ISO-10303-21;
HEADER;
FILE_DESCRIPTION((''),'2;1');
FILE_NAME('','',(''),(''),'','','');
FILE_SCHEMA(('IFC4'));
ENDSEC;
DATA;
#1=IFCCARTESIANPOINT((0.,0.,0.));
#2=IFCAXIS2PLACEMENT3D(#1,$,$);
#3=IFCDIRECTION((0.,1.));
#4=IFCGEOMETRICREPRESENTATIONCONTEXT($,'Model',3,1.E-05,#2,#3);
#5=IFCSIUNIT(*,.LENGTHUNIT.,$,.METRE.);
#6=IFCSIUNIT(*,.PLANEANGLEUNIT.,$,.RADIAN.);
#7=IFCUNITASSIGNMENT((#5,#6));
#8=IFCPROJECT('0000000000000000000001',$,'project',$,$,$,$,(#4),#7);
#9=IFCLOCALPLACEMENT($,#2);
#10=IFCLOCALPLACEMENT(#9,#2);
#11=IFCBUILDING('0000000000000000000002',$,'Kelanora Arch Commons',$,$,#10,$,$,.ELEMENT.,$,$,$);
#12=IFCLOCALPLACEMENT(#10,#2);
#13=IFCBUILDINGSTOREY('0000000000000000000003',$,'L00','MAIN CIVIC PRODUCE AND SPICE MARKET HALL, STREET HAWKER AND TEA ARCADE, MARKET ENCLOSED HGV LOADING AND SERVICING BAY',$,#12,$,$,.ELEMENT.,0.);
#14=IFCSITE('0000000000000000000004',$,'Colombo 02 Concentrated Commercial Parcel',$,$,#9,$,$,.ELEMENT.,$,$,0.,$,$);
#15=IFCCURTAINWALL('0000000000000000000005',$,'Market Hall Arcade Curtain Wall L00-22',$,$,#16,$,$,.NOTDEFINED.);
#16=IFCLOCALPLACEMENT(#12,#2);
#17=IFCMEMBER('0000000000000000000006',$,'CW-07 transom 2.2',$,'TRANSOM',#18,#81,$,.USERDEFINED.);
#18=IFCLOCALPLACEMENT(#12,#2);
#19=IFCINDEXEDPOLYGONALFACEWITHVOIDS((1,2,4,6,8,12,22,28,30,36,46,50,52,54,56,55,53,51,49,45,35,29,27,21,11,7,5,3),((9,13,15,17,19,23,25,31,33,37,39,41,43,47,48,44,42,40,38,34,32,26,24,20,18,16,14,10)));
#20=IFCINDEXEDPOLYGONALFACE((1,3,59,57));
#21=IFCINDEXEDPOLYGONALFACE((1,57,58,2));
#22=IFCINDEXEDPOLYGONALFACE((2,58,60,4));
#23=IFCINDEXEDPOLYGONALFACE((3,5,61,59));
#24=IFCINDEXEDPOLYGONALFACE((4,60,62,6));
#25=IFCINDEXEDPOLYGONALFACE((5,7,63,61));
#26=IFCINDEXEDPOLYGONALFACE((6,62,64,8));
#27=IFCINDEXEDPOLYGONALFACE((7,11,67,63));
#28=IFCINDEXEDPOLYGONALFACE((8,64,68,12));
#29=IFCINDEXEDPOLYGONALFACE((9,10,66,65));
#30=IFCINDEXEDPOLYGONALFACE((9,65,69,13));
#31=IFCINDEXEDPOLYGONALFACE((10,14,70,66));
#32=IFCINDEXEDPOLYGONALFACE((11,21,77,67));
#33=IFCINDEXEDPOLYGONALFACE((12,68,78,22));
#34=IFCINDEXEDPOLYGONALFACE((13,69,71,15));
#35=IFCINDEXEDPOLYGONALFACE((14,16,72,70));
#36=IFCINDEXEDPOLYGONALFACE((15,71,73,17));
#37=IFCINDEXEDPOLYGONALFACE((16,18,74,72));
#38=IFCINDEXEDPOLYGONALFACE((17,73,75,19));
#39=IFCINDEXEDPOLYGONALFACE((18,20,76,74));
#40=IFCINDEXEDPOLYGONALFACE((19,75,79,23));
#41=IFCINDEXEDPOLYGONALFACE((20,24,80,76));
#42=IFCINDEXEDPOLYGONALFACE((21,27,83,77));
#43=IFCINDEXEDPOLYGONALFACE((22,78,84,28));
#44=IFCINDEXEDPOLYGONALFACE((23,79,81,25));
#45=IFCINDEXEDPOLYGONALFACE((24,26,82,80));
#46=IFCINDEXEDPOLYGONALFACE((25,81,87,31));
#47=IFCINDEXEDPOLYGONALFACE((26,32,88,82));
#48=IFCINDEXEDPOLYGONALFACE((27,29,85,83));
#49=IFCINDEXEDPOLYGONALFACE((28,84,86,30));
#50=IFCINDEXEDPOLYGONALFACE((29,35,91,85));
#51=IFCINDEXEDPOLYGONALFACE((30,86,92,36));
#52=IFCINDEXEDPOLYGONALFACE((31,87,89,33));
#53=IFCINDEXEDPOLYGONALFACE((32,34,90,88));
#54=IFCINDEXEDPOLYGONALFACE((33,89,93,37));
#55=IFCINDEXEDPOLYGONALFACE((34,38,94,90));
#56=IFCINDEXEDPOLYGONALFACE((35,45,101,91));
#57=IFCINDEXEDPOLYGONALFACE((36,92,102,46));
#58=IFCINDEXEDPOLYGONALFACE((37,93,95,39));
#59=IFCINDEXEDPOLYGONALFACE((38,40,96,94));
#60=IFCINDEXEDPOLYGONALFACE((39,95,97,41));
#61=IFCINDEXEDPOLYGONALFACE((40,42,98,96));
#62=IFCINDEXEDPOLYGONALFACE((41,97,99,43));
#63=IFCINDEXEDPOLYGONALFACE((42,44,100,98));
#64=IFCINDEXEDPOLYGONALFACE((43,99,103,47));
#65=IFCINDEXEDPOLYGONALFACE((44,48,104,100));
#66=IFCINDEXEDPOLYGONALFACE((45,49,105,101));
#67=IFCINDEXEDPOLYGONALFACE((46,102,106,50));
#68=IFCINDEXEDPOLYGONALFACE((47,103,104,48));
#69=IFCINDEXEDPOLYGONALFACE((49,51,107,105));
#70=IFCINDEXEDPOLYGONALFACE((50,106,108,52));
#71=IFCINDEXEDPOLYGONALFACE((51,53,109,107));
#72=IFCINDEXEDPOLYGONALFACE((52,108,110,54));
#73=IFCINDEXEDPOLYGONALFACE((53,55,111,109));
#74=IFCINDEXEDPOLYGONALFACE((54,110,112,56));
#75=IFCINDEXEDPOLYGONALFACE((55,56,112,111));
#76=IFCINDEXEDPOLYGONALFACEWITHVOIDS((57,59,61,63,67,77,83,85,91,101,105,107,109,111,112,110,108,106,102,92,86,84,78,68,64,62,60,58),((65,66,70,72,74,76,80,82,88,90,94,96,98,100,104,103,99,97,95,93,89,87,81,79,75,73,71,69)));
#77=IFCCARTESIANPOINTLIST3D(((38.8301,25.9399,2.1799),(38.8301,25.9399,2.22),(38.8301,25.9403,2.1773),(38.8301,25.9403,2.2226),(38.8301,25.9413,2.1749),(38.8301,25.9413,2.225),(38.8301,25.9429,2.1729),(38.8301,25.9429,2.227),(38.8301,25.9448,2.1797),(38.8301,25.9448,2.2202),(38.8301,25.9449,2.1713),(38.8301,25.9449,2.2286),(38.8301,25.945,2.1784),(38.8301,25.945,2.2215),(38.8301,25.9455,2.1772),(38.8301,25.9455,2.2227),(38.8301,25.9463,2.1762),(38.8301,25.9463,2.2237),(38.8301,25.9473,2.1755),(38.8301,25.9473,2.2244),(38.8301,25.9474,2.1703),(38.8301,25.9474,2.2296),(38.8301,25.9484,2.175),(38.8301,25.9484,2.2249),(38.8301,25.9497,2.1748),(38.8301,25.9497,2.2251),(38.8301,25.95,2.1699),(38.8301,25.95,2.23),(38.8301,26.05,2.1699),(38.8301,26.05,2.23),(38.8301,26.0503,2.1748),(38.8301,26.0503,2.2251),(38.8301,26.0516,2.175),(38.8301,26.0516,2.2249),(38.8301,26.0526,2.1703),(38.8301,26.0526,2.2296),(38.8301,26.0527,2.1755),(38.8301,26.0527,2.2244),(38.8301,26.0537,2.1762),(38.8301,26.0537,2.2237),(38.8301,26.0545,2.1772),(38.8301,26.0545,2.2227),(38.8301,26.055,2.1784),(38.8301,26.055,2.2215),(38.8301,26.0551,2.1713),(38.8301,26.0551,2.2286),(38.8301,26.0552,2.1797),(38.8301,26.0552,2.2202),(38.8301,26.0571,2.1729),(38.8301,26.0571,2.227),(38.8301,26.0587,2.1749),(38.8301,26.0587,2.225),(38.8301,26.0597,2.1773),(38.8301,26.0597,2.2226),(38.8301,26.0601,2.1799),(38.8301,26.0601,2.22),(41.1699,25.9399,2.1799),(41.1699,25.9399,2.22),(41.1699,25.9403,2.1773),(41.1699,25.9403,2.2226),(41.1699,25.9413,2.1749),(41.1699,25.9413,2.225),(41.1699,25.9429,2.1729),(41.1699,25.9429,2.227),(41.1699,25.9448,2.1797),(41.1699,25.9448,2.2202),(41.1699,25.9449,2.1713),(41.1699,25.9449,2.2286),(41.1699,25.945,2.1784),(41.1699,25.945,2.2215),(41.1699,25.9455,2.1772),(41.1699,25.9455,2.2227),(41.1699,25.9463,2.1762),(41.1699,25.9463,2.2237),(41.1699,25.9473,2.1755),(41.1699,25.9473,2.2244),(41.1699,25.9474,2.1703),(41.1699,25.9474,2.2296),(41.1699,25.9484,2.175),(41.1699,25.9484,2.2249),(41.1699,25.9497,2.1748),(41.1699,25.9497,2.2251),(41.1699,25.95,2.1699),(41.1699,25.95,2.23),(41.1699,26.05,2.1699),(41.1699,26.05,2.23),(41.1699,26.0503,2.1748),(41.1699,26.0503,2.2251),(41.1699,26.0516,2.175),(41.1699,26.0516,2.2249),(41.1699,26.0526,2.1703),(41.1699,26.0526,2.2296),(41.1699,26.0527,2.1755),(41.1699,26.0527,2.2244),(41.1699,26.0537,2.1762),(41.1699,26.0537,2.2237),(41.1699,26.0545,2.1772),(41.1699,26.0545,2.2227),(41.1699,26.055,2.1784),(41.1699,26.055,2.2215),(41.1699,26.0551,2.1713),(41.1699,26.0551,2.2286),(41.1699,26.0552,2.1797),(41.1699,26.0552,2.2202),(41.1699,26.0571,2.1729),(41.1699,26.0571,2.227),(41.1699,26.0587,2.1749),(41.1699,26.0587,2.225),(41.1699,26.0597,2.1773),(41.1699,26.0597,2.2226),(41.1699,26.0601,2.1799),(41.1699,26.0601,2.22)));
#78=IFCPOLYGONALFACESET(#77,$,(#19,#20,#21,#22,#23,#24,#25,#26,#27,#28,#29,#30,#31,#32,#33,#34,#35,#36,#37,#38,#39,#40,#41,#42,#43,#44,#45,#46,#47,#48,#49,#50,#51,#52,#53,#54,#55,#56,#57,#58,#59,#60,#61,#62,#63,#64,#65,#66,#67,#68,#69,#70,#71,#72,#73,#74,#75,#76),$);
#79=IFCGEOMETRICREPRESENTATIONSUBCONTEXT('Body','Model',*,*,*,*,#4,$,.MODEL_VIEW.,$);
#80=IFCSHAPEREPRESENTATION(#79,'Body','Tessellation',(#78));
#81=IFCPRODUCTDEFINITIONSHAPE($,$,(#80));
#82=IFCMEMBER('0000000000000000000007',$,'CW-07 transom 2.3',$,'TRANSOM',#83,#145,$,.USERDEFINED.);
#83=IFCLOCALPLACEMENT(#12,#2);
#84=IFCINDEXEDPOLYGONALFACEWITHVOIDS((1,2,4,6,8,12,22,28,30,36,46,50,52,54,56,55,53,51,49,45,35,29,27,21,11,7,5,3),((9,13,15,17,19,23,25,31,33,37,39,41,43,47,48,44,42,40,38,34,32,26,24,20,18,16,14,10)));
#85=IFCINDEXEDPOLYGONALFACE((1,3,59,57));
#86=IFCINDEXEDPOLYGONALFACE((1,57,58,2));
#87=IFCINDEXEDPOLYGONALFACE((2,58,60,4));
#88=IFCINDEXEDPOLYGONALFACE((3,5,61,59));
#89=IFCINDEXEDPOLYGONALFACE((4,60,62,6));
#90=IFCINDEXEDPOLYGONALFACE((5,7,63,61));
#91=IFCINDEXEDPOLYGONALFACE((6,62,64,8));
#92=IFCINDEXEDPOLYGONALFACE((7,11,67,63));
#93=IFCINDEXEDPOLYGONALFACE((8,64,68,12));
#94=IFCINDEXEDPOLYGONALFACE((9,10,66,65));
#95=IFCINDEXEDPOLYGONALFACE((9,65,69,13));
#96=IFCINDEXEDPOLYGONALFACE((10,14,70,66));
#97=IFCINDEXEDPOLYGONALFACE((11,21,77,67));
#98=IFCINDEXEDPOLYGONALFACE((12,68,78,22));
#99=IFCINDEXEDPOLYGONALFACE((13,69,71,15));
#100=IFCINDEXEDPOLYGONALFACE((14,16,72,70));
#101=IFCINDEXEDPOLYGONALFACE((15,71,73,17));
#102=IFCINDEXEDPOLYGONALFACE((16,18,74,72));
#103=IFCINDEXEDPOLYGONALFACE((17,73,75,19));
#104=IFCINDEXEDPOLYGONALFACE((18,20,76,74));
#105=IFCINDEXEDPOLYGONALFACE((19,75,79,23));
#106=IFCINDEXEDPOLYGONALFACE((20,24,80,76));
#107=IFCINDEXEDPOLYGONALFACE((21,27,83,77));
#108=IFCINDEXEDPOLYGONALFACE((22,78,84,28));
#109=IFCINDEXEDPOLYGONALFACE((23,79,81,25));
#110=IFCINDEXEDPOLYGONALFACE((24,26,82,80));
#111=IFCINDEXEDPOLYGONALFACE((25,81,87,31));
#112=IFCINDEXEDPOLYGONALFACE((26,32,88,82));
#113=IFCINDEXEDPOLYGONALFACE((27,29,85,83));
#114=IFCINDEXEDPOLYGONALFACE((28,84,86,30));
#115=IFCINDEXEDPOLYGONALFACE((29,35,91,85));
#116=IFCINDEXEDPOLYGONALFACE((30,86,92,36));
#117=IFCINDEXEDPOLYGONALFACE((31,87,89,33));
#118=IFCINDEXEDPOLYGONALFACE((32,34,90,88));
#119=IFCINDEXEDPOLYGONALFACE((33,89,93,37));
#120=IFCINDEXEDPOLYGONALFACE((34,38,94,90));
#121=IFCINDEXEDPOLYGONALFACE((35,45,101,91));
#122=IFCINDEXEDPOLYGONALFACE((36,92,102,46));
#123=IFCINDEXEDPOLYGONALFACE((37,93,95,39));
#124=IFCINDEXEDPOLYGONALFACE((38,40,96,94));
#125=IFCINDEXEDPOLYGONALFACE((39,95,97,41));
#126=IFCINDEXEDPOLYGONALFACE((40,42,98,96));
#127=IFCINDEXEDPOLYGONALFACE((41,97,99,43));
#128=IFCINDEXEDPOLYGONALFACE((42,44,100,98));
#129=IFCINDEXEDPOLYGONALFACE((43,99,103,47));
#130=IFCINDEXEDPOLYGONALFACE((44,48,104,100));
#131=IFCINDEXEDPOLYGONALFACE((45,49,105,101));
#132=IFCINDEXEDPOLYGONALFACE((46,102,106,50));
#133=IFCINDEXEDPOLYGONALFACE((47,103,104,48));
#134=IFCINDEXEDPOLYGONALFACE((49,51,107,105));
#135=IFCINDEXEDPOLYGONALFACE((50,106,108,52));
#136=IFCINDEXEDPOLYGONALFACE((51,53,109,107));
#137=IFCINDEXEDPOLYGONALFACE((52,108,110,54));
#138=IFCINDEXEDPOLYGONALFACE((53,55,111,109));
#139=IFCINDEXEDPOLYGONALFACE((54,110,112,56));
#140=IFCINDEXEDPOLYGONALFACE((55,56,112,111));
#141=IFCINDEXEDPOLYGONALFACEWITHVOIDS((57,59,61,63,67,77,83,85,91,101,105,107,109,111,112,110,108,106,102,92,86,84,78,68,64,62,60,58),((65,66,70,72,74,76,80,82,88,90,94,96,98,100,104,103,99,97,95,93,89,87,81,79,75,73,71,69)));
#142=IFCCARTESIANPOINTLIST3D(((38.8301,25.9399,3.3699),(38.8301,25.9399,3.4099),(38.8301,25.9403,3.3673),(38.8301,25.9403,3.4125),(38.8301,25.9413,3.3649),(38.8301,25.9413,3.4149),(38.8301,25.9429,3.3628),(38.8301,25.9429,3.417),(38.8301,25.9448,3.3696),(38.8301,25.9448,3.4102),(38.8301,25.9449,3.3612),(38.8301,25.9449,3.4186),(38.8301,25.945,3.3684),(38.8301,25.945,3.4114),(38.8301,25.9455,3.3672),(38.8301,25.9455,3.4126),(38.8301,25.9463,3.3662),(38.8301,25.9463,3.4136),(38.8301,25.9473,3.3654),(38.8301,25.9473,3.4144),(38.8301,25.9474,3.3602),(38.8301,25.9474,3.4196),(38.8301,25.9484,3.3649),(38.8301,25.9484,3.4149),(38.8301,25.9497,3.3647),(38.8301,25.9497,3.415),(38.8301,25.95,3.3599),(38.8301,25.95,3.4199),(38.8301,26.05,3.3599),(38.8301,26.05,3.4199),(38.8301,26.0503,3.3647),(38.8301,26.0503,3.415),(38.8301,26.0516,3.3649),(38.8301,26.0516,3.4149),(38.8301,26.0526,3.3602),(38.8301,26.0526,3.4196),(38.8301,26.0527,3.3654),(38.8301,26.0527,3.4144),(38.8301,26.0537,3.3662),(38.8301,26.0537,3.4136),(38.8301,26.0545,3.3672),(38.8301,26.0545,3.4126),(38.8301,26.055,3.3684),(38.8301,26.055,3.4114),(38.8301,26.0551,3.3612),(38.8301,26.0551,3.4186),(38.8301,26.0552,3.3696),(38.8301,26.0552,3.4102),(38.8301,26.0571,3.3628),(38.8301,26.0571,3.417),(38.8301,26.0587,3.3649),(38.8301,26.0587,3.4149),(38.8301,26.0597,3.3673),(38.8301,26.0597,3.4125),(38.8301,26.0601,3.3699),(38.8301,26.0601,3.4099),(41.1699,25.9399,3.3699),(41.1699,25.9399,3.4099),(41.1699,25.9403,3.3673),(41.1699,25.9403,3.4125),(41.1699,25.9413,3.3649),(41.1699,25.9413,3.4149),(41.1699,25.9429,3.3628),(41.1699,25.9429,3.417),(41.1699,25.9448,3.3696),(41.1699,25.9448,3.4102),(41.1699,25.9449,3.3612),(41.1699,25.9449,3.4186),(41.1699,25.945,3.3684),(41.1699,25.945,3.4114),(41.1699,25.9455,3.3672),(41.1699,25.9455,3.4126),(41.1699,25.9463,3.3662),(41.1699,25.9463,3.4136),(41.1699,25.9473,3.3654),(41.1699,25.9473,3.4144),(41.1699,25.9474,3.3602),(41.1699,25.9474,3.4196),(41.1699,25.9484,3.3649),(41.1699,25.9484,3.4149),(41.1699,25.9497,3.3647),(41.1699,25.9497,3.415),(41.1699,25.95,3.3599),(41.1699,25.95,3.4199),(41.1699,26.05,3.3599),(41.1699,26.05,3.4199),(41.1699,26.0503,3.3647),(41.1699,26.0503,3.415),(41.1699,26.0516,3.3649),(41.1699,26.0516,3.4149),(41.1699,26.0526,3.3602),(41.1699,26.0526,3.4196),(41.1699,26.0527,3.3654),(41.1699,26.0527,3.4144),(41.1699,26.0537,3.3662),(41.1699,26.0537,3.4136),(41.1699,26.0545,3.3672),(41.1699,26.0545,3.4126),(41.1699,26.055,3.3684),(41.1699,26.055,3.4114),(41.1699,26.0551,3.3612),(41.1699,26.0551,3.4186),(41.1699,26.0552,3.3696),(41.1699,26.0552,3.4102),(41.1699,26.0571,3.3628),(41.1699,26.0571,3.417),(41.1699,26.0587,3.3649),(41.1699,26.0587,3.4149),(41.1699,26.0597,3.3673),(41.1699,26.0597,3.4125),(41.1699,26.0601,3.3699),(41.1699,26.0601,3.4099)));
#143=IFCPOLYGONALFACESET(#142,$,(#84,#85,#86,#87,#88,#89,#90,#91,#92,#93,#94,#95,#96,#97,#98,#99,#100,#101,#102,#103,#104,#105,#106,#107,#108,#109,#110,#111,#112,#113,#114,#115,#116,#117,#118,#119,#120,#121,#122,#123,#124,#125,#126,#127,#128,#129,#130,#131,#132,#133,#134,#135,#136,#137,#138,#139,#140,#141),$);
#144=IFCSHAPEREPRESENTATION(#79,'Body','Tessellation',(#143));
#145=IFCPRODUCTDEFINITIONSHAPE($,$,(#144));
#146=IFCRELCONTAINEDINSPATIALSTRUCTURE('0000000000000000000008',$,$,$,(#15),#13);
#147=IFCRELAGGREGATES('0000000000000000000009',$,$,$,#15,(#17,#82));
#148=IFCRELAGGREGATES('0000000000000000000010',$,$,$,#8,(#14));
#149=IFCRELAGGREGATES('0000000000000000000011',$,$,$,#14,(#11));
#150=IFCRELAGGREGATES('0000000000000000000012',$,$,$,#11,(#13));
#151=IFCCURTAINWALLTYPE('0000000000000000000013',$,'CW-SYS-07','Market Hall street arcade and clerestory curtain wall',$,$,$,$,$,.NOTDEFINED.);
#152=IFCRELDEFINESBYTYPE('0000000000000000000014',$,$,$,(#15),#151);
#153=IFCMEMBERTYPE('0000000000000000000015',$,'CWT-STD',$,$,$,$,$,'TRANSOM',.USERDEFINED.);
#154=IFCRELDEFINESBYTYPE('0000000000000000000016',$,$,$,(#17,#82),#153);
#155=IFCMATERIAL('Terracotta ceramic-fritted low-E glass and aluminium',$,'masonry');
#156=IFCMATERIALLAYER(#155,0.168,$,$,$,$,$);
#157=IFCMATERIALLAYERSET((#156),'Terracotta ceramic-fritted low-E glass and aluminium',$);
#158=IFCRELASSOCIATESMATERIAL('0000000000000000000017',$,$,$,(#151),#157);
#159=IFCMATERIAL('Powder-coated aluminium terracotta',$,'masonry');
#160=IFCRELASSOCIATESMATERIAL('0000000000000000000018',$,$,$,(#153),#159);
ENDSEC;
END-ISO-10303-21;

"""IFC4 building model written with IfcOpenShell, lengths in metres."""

from ifc_helpers import new_model, si_unit, direction, frame, origin, origin_2d, place, context, subcontext, project, spatial, hollow_rectangle, extrude, material, layer, layer_set, material_profile, profile_set, type_object, element, aggregate, save


model = new_model("IFC4")

# Units and contexts
model_context = context("Model", 3, precision=1e-05, world=origin(), true_north=direction((0.0, 1.0)))
body_context = subcontext(model_context, "Body", "Model", "MODEL_VIEW")
ifc_project = project(units=[si_unit("LENGTHUNIT", "METRE"), si_unit("PLANEANGLEUNIT", "RADIAN")], contexts=[model_context])

# Site, building, storey
site_placement = place(None, origin())
site = spatial("IfcSite", under=ifc_project, at=site_placement, Name="Colombo 02 Concentrated Commercial Parcel", CompositionType="ELEMENT", RefElevation=0.0)
building_placement = place(site_placement, origin())
building = spatial("IfcBuilding", under=site, at=building_placement, Name="Kelanora Arch Commons", CompositionType="ELEMENT")
storey_placement = place(building_placement, origin())
storey = spatial("IfcBuildingStorey", under=building, at=storey_placement, Name="L00", Description="MAIN CIVIC PRODUCE AND SPICE MARKET HALL, STREET HAWKER AND TEA ARCADE, MARKET ENCLOSED HGV LOADING AND SERVICING BAY", CompositionType="ELEMENT", Elevation=0.0)

# Curtain wall, members
ifc_material_1 = material(Name="Terracotta ceramic-fritted low-E glass and aluminium", Category="masonry")
ifc_layer_1 = layer(ifc_material_1, 0.168)
ifc_layer_set_1 = layer_set([ifc_layer_1], Name="Terracotta ceramic-fritted low-E glass and aluminium")
curtain_wall_type = type_object("IfcCurtainWallType", Name="CW-SYS-07", Description="Market Hall street arcade and clerestory curtain wall", PredefinedType="NOTDEFINED", material=ifc_layer_set_1)
curtain_wall_placement = place(storey_placement, origin())
curtain_wall = element("IfcCurtainWall", 1, at=curtain_wall_placement, inside=storey, type_object=curtain_wall_type, Name="Market Hall Arcade Curtain Wall L00-22", PredefinedType="NOTDEFINED")
ifc_material_2 = material(Name="Powder-coated aluminium terracotta", Category="masonry")
ifc_material_profile_1 = material_profile(ifc_material_2, hollow_rectangle(XDim=0.1201, YDim=0.0601, WallThickness=0.0049, InnerFilletRadius=0.0049, OuterFilletRadius=0.01, at=origin_2d()), Name="CWT120x60")
ifc_profile_set_1 = profile_set([ifc_material_profile_1], Name="Powder-coated aluminium terracotta")
member_type_1 = type_object("IfcMemberType", Name="CWT-STD", ElementType="TRANSOM", PredefinedType="USERDEFINED", material=ifc_profile_set_1)
member_1_placement = place(storey_placement, frame((41.1699, 26.0, 2.2), z_axis=(-1.0, 0.0, 0.0), x_axis=(0.0, -1.0, 0.0)))
member_1 = element("IfcMember", 2, at=member_1_placement, type_object=member_type_1, Name="CW-07 transom 2.2", ObjectType="TRANSOM", PredefinedType="USERDEFINED", context=body_context, shape_type="SweptSolid", body=[
    extrude(hollow_rectangle(XDim=0.1201, YDim=0.0601, WallThickness=0.0049, InnerFilletRadius=0.0049, OuterFilletRadius=0.01, at=origin_2d()), origin(), (0.0, 0.0, 1.0), 2.3398),
])
member_2_placement = place(storey_placement, frame((41.1699, 26.0, 3.3899), z_axis=(-1.0, 0.0, 0.0), x_axis=(0.0, -1.0, 0.0)))
member_2 = element("IfcMember", 3, at=member_2_placement, type_object=member_type_1, Name="CW-07 transom 2.3", ObjectType="TRANSOM", PredefinedType="USERDEFINED", context=body_context, shape_type="SweptSolid", body=[
    extrude(hollow_rectangle(XDim=0.1201, YDim=0.0601, WallThickness=0.0049, InnerFilletRadius=0.0049, OuterFilletRadius=0.01, at=origin_2d()), origin(), (0.0, 0.0, 1.0), 2.3398),
])
aggregate(curtain_wall, [member_1, member_2])

save(model, "model.ifc")
